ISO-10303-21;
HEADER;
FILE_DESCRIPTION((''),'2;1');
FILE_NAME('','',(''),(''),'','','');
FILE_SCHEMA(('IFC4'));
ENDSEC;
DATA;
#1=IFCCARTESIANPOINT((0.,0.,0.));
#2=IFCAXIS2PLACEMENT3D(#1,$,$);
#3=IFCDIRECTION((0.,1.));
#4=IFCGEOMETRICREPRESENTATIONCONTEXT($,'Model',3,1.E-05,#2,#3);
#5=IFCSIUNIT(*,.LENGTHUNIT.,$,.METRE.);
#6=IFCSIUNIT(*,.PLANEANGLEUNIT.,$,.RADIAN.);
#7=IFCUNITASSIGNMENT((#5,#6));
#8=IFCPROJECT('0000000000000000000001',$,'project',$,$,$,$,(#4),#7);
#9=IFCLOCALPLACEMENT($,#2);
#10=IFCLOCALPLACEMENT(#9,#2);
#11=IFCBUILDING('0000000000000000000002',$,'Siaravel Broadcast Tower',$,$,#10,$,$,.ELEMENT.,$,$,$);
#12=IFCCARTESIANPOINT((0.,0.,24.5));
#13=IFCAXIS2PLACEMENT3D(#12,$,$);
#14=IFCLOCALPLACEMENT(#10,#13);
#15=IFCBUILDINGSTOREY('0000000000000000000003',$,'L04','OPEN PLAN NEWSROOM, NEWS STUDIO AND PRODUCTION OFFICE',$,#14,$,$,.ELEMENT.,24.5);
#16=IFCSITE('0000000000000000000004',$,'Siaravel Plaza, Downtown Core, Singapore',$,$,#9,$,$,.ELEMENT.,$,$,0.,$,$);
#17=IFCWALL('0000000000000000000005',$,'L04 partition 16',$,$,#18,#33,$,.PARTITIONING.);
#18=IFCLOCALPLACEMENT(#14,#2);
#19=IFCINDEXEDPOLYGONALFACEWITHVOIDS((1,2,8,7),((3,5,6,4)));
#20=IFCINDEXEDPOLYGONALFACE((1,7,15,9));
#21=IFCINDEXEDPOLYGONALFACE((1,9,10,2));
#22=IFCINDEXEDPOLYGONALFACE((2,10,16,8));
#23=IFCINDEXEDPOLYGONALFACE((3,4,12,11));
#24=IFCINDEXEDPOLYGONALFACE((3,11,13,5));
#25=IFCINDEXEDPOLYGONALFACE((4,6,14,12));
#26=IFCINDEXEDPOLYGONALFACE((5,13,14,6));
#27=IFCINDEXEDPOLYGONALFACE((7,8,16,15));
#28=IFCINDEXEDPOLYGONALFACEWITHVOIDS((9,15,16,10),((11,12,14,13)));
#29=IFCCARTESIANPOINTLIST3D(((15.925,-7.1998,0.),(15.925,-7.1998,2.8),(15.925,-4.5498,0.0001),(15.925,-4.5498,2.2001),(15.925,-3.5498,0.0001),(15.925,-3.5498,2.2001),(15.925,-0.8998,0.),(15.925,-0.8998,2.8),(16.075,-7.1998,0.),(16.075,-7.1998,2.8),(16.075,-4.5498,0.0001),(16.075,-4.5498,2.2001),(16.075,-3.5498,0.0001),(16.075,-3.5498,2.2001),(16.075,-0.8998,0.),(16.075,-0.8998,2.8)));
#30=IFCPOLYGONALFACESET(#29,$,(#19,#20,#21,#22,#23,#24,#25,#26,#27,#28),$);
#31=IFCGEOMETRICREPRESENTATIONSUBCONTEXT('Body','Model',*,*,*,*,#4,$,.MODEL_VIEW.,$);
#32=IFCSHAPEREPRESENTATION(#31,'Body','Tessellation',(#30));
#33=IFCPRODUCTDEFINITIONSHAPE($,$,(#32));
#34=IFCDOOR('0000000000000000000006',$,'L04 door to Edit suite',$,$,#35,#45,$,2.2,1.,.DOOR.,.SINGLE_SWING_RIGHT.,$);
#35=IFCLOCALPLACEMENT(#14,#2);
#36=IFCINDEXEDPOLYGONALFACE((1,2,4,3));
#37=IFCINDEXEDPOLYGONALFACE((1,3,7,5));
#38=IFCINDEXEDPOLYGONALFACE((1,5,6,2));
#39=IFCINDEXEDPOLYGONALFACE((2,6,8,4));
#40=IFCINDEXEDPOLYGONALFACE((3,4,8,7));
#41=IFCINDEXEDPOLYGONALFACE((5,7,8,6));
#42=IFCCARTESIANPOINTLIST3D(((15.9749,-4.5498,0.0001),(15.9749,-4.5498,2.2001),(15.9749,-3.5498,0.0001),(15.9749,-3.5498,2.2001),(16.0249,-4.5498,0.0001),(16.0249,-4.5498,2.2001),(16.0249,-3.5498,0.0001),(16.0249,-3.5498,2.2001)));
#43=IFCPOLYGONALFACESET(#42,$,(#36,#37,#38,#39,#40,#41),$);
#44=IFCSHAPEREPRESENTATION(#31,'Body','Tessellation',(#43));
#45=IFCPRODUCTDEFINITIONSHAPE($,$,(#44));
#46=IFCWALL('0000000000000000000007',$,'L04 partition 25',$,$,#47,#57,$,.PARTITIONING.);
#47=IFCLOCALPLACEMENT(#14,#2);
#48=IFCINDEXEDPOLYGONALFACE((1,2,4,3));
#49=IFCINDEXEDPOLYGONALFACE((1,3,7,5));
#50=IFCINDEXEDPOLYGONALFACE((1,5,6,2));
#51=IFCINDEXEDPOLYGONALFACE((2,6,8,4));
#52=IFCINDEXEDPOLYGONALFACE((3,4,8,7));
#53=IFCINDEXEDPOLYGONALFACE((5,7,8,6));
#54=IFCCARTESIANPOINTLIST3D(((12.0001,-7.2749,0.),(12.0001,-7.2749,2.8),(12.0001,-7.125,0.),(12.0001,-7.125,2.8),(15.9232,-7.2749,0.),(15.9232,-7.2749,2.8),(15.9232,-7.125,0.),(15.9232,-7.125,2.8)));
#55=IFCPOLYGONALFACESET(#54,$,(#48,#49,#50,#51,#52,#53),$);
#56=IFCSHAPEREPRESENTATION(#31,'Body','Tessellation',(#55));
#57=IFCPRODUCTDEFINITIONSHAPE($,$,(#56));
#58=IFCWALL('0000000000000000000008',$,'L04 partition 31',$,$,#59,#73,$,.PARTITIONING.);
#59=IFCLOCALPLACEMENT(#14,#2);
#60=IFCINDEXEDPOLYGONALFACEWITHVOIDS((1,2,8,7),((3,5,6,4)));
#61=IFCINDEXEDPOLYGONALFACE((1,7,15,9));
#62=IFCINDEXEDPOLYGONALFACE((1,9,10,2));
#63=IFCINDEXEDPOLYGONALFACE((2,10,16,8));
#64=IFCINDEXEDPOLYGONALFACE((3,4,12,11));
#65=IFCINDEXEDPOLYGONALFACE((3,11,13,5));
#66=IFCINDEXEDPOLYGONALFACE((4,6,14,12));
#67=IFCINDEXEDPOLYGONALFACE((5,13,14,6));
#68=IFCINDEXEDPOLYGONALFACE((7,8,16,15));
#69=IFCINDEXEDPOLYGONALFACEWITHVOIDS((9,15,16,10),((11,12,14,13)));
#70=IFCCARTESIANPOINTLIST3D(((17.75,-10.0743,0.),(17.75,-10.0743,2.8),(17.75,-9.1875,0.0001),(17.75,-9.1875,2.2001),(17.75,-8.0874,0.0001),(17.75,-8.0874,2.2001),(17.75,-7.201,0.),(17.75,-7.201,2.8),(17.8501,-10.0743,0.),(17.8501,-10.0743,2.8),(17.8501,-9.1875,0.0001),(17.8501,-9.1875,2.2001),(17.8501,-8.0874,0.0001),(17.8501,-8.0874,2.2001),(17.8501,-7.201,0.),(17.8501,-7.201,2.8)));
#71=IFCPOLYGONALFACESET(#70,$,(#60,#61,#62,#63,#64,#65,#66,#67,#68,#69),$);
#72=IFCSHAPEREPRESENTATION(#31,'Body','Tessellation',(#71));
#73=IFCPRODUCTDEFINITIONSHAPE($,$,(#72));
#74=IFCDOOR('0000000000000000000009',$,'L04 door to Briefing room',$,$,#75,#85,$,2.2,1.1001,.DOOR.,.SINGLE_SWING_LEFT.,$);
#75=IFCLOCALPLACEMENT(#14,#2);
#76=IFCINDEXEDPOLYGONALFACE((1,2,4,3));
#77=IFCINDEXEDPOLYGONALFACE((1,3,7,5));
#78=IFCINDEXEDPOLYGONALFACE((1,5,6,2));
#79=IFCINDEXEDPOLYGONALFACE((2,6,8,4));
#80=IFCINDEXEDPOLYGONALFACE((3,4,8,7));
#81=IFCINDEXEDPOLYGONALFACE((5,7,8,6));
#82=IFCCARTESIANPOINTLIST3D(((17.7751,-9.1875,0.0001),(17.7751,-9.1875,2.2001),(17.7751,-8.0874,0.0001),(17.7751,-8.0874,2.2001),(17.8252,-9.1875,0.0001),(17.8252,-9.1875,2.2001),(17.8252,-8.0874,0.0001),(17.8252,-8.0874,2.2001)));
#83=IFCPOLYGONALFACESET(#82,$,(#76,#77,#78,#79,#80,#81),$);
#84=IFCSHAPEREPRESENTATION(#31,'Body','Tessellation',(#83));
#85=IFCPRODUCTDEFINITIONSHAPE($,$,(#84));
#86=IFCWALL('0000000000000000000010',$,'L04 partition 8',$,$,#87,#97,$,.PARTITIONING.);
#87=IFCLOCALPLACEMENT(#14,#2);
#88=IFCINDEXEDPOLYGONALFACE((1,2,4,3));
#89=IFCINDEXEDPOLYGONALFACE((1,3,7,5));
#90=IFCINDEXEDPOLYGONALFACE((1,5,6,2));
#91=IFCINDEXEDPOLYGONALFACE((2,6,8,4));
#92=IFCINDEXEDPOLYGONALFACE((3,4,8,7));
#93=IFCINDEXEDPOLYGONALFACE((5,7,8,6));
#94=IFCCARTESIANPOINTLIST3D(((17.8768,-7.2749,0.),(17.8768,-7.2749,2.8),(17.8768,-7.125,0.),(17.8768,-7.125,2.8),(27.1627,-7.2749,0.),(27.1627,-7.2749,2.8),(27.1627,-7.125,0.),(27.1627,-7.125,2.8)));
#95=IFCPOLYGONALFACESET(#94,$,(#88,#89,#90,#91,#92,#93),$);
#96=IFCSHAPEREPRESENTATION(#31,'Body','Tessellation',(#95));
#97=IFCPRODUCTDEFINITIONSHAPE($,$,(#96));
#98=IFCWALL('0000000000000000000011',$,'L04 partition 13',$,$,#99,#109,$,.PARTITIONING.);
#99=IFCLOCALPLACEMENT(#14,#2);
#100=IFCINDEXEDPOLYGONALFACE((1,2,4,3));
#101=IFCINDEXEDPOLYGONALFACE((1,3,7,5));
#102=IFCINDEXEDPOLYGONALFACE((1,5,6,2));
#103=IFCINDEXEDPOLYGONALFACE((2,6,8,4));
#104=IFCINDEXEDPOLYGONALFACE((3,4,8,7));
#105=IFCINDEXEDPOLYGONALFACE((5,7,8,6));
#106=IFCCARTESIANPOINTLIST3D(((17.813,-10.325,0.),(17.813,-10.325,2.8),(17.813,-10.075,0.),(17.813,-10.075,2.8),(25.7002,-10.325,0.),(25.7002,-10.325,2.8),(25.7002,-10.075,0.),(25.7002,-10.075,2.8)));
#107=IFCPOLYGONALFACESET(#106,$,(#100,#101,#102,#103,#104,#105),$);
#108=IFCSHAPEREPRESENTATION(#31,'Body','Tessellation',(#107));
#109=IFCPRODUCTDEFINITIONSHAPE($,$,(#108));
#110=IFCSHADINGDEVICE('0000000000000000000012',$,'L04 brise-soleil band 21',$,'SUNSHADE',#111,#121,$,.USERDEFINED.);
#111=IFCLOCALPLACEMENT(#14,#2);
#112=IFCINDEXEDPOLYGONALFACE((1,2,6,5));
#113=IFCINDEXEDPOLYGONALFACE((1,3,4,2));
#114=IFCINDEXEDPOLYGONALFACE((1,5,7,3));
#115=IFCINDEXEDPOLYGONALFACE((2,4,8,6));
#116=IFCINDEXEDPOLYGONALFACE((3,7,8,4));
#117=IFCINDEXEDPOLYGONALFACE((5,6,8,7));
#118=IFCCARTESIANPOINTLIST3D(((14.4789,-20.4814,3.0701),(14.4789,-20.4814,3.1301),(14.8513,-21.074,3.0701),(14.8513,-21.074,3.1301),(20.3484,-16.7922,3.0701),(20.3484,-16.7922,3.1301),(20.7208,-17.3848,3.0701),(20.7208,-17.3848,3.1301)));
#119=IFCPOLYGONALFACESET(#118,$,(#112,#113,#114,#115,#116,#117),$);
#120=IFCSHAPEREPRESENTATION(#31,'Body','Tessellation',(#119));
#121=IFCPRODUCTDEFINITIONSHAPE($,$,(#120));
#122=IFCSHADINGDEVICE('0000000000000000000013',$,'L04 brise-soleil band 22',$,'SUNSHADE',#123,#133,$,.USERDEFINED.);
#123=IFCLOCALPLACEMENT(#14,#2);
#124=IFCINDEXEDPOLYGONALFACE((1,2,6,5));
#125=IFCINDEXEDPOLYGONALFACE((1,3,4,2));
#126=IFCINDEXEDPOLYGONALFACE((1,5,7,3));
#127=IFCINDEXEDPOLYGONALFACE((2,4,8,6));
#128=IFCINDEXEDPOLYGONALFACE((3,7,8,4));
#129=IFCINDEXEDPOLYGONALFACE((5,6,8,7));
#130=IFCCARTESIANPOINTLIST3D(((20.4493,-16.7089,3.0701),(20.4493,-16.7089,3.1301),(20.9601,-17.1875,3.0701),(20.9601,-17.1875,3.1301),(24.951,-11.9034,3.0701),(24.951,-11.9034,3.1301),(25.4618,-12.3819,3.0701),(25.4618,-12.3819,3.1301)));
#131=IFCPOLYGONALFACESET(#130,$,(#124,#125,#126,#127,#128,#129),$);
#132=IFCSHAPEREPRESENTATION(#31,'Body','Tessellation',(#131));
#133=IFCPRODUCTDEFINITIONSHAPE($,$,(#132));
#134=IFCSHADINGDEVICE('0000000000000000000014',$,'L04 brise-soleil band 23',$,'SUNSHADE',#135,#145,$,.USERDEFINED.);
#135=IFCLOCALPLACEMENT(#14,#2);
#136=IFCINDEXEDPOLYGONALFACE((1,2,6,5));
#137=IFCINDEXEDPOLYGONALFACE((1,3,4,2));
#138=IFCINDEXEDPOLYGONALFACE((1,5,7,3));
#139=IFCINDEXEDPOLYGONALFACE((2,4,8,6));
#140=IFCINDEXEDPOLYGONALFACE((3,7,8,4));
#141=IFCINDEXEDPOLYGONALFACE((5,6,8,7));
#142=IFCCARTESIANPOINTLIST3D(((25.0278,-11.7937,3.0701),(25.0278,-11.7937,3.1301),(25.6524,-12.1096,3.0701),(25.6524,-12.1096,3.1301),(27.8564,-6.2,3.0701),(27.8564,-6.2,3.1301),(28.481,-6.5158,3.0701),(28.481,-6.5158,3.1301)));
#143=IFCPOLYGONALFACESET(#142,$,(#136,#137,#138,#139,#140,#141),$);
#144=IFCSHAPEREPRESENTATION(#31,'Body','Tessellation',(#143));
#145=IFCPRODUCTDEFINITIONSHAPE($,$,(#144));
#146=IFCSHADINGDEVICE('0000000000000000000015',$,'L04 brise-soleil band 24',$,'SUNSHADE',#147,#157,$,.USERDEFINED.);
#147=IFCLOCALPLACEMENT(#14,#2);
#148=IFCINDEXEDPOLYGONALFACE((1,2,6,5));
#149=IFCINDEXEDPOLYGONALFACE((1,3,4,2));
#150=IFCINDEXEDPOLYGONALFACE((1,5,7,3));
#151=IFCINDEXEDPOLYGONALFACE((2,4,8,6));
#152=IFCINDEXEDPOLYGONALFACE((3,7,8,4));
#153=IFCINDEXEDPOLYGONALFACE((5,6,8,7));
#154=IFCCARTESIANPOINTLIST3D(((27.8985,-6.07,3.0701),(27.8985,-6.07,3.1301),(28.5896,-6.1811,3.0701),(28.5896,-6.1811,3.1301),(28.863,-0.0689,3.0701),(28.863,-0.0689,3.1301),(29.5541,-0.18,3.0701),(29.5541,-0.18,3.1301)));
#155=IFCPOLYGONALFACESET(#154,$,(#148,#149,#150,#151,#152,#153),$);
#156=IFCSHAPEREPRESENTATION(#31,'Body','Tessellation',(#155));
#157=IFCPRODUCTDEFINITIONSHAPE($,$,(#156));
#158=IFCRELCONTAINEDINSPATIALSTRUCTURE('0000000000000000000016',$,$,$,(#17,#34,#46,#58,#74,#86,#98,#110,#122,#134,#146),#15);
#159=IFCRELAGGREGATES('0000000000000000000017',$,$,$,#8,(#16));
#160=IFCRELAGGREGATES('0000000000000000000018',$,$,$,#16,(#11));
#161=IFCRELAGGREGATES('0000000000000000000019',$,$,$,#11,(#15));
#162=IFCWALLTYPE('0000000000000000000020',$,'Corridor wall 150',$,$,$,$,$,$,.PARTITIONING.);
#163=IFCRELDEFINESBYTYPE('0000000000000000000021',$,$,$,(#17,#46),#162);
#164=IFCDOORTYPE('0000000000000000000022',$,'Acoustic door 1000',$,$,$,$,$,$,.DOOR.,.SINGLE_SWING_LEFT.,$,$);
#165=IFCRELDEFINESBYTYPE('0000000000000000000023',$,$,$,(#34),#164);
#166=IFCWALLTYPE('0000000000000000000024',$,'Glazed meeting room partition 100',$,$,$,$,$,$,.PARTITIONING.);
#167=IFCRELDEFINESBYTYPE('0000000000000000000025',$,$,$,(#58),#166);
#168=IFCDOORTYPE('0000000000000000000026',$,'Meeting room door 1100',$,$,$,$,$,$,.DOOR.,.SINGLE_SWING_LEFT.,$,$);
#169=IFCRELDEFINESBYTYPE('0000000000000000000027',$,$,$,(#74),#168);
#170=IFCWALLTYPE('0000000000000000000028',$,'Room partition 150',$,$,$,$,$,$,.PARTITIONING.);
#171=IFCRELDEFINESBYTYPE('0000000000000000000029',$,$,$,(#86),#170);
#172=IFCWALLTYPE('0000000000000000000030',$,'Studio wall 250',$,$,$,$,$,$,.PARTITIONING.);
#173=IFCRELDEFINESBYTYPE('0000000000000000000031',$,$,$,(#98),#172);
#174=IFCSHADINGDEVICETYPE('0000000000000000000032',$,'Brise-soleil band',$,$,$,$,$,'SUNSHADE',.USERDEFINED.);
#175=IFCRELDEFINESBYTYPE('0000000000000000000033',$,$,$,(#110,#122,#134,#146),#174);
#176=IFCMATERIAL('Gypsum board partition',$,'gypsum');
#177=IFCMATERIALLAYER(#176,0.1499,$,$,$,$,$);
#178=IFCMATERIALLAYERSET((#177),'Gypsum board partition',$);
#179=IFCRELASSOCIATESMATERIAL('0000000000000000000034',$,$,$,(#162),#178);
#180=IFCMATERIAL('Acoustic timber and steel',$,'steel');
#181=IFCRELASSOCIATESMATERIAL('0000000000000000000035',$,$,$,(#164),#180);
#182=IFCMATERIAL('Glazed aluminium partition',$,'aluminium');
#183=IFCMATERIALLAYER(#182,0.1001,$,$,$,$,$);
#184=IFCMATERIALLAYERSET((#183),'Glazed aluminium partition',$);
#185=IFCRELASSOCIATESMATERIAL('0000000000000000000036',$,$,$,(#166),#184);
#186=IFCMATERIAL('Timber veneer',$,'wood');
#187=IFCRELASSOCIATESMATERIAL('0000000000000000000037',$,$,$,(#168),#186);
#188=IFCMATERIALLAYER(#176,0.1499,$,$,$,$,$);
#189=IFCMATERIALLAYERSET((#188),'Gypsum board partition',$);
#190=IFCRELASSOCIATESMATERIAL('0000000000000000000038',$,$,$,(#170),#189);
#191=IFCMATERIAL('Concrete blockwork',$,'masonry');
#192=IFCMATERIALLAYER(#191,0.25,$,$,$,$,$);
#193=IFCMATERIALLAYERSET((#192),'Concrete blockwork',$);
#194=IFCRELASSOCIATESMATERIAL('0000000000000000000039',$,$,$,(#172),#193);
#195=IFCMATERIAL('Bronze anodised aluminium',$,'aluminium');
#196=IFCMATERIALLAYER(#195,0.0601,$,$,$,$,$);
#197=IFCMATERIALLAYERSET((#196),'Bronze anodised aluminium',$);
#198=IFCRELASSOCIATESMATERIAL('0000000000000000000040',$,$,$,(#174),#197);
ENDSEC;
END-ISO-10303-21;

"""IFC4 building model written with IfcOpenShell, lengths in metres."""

from ifc_helpers import new_model, si_unit, direction, frame, frame_2d, origin, origin_2d, place, context, subcontext, project, spatial, rectangle, extrude, material, layer, layer_set, type_object, element, fill, save


model = new_model("IFC4")

# Units and contexts
model_context = context("Model", 3, precision=1e-05, world=origin(), true_north=direction((0.0, 1.0)))
body_context = subcontext(model_context, "Body", "Model", "MODEL_VIEW")
ifc_project = project(units=[si_unit("LENGTHUNIT", "METRE"), si_unit("PLANEANGLEUNIT", "RADIAN")], contexts=[model_context])

# Site, building, storey
site_placement = place(None, origin())
site = spatial("IfcSite", under=ifc_project, at=site_placement, Name="Siaravel Plaza, Downtown Core, Singapore", CompositionType="ELEMENT", RefElevation=0.0)
building_placement = place(site_placement, origin())
building = spatial("IfcBuilding", under=site, at=building_placement, Name="Siaravel Broadcast Tower", CompositionType="ELEMENT")
storey_placement = place(building_placement, frame((0.0, 0.0, 24.5)))
storey = spatial("IfcBuildingStorey", under=building, at=storey_placement, Name="L04", Description="OPEN PLAN NEWSROOM, NEWS STUDIO AND PRODUCTION OFFICE", CompositionType="ELEMENT", Elevation=24.5)

# Wall, opening, door
ifc_material_1 = material(Name="Gypsum board partition", Category="gypsum")
ifc_layer_1 = layer(ifc_material_1, 0.1499)
ifc_layer_set_1 = layer_set([ifc_layer_1], Name="Gypsum board partition")
wall_type_1 = type_object("IfcWallType", Name="Corridor wall 150", PredefinedType="PARTITIONING", material=ifc_layer_set_1)
ifc_material_2 = material(Name="Timber veneer", Category="wood")
wall_1_placement = place(storey_placement, frame((16.0, -0.8999, 0.0), z_axis=(0.0, 0.0, 1.0), x_axis=(0.0, -1.0, 0.0)))
wall_1 = element("IfcWall", 1, at=wall_1_placement, inside=storey, type_object=wall_type_1, Name="L04 partition 16", PredefinedType="PARTITIONING", context=body_context, shape_type="SweptSolid", body=[
    extrude(rectangle(XDim=6.3, YDim=0.1499, at=frame_2d((3.1499, 0.0))), origin(), (0.0, 0.0, 1.0), 2.8),
])
opening_1_placement = place(wall_1_placement, frame((2.6499, 0.0, 0.0)))
opening_1 = element("IfcOpeningElement", 2, at=opening_1_placement, cuts=wall_1, PredefinedType="OPENING", context=body_context, shape_type="SweptSolid", body=[
    extrude(rectangle(XDim=1.0, YDim=2.2, at=frame_2d((0.5, 1.1001))), frame((0.0, 0.085, 0.0), z_axis=(0.0, -1.0, 0.0), x_axis=(1.0, 0.0, 0.0)), (0.0, 0.0, 1.0), 0.1699),
])
ifc_material_3 = material(Name="Acoustic timber and steel", Category="steel")
door_type_1 = type_object("IfcDoorType", Name="Acoustic door 1000", OperationType="SINGLE_SWING_LEFT", PredefinedType="DOOR", material=ifc_material_3)
door_1_placement = place(opening_1_placement, origin())
door_1 = element("IfcDoor", 3, at=door_1_placement, inside=storey, type_object=door_type_1, Name="L04 door to Edit suite", OperationType="SINGLE_SWING_RIGHT", OverallHeight=2.2, OverallWidth=1.0, PredefinedType="DOOR", context=body_context, shape_type="SweptSolid", body=[
    extrude(rectangle(XDim=1.0, YDim=2.2, at=frame_2d((0.5, 1.1001))), frame((0.0, 0.0249, 0.0), z_axis=(0.0, -1.0, 0.0), x_axis=(1.0, 0.0, 0.0)), (0.0, 0.0, 1.0), 0.05),
])
fill(opening_1, door_1)

# Wall
wall_2_placement = place(storey_placement, frame((15.9231, -7.2, 0.0), z_axis=(0.0, 0.0, 1.0), x_axis=(-1.0, 0.0, 0.0)))
element("IfcWall", 4, at=wall_2_placement, inside=storey, type_object=wall_type_1, Name="L04 partition 25", PredefinedType="PARTITIONING", context=body_context, shape_type="SweptSolid", body=[
    extrude(rectangle(XDim=3.9231, YDim=0.1499, at=frame_2d((1.9614, 0.0))), origin(), (0.0, 0.0, 1.0), 2.8),
])

# Wall, opening, door
ifc_material_4 = material(Name="Glazed aluminium partition", Category="aluminium")
ifc_layer_2 = layer(ifc_material_4, 0.1001)
ifc_layer_set_2 = layer_set([ifc_layer_2], Name="Glazed aluminium partition")
wall_type_2 = type_object("IfcWallType", Name="Glazed meeting room partition 100", PredefinedType="PARTITIONING", material=ifc_layer_set_2)
wall_3_placement = place(storey_placement, frame((17.8, -10.0742, 0.0), z_axis=(0.0, 0.0, 1.0), x_axis=(0.0, 1.0, 0.0)))
wall_3 = element("IfcWall", 5, at=wall_3_placement, inside=storey, type_object=wall_type_2, Name="L04 partition 31", PredefinedType="PARTITIONING", context=body_context, shape_type="SweptSolid", body=[
    extrude(rectangle(XDim=2.8733, YDim=0.1001, at=frame_2d((1.4365, 0.0))), origin(), (0.0, 0.0, 1.0), 2.8),
])
opening_2_placement = place(wall_3_placement, frame((0.8867, 0.0, 0.0)))
opening_2 = element("IfcOpeningElement", 6, at=opening_2_placement, cuts=wall_3, PredefinedType="OPENING", context=body_context, shape_type="SweptSolid", body=[
    extrude(rectangle(XDim=1.1001, YDim=2.2, at=frame_2d((0.55, 1.1001))), frame((0.0, 0.0601, 0.0), z_axis=(0.0, -1.0, 0.0), x_axis=(1.0, 0.0, 0.0)), (0.0, 0.0, 1.0), 0.1201),
])
door_type_2 = type_object("IfcDoorType", Name="Meeting room door 1100", OperationType="SINGLE_SWING_LEFT", PredefinedType="DOOR", material=ifc_material_2)
door_2_placement = place(opening_2_placement, origin())
door_2 = element("IfcDoor", 7, at=door_2_placement, inside=storey, type_object=door_type_2, Name="L04 door to Briefing room", OperationType="SINGLE_SWING_LEFT", OverallHeight=2.2, OverallWidth=1.1001, PredefinedType="DOOR", context=body_context, shape_type="SweptSolid", body=[
    extrude(rectangle(XDim=1.1001, YDim=2.2, at=frame_2d((0.55, 1.1001))), frame((0.0, 0.0249, 0.0), z_axis=(0.0, -1.0, 0.0), x_axis=(1.0, 0.0, 0.0)), (0.0, 0.0, 1.0), 0.05),
])
fill(opening_2, door_2)

# Walls
ifc_layer_3 = layer(ifc_material_1, 0.1499)
ifc_layer_set_3 = layer_set([ifc_layer_3], Name="Gypsum board partition")
wall_type_3 = type_object("IfcWallType", Name="Room partition 150", PredefinedType="PARTITIONING", material=ifc_layer_set_3)
wall_4_placement = place(storey_placement, frame((27.1628, -7.2, 0.0), z_axis=(0.0, 0.0, 1.0), x_axis=(-1.0, 0.0, 0.0)))
element("IfcWall", 8, at=wall_4_placement, inside=storey, type_object=wall_type_3, Name="L04 partition 8", PredefinedType="PARTITIONING", context=body_context, shape_type="SweptSolid", body=[
    extrude(rectangle(XDim=9.2859, YDim=0.1499, at=frame_2d((4.6431, 0.0))), origin(), (0.0, 0.0, 1.0), 2.8),
])
ifc_material_5 = material(Name="Concrete blockwork", Category="masonry")
ifc_layer_4 = layer(ifc_material_5, 0.25)
ifc_layer_set_4 = layer_set([ifc_layer_4], Name="Concrete blockwork")
wall_type_4 = type_object("IfcWallType", Name="Studio wall 250", PredefinedType="PARTITIONING", material=ifc_layer_set_4)
wall_5_placement = place(storey_placement, frame((25.7002, -10.2, 0.0), z_axis=(0.0, 0.0, 1.0), x_axis=(-1.0, 0.0, 0.0)))
element("IfcWall", 9, at=wall_5_placement, inside=storey, type_object=wall_type_4, Name="L04 partition 13", PredefinedType="PARTITIONING", context=body_context, shape_type="SweptSolid", body=[
    extrude(rectangle(XDim=7.8872, YDim=0.25, at=frame_2d((3.9436, 0.0))), origin(), (0.0, 0.0, 1.0), 2.8),
])

# Shading devices
ifc_material_6 = material(Name="Bronze anodised aluminium", Category="aluminium")
ifc_layer_5 = layer(ifc_material_6, 0.0601)
ifc_layer_set_5 = layer_set([ifc_layer_5], Name="Bronze anodised aluminium")
shading_device_type = type_object("IfcShadingDeviceType", Name="Brise-soleil band", ElementType="SUNSHADE", PredefinedType="USERDEFINED", material=ifc_layer_set_5)
shading_device_1_placement = place(storey_placement, frame((17.5999, -18.9331, 3.0701), z_axis=(0.0, 0.0, 1.0), x_axis=(0.846651, 0.532148, 0.0)))
element("IfcShadingDevice", 10, at=shading_device_1_placement, inside=storey, type_object=shading_device_type, Name="L04 brise-soleil band 21", ObjectType="SUNSHADE", PredefinedType="USERDEFINED", context=body_context, shape_type="SweptSolid", body=[
    extrude(rectangle(XDim=6.9326, YDim=0.7, at=origin_2d()), origin(), (0.0, 0.0, 1.0), 0.0601),
])
shading_device_2_placement = place(storey_placement, frame((22.9556, -14.5454, 3.0701), z_axis=(0.0, 0.0, 1.0), x_axis=(0.683656, 0.729804, 0.0)))
element("IfcShadingDevice", 11, at=shading_device_2_placement, inside=storey, type_object=shading_device_type, Name="L04 brise-soleil band 22", ObjectType="SUNSHADE", PredefinedType="USERDEFINED", context=body_context, shape_type="SweptSolid", body=[
    extrude(rectangle(XDim=6.5847, YDim=0.7, at=origin_2d()), origin(), (0.0, 0.0, 1.0), 0.0601),
])
shading_device_3_placement = place(storey_placement, frame((26.7544, -9.1548, 3.0701), z_axis=(0.0, 0.0, 1.0), x_axis=(0.451262, 0.892391, 0.0)))
element("IfcShadingDevice", 12, at=shading_device_3_placement, inside=storey, type_object=shading_device_type, Name="L04 brise-soleil band 23", ObjectType="SUNSHADE", PredefinedType="USERDEFINED", context=body_context, shape_type="SweptSolid", body=[
    extrude(rectangle(XDim=6.2683, YDim=0.7, at=origin_2d()), origin(), (0.0, 0.0, 1.0), 0.0601),
])
shading_device_4_placement = place(storey_placement, frame((28.7263, -3.125, 3.0701), z_axis=(0.0, 0.0, 1.0), x_axis=(0.158685, 0.987329, 0.0)))
element("IfcShadingDevice", 13, at=shading_device_4_placement, inside=storey, type_object=shading_device_type, Name="L04 brise-soleil band 24", ObjectType="SUNSHADE", PredefinedType="USERDEFINED", context=body_context, shape_type="SweptSolid", body=[
    extrude(rectangle(XDim=6.0781, YDim=0.7, at=origin_2d()), origin(), (0.0, 0.0, 1.0), 0.0601),
])

save(model, "model.ifc")
